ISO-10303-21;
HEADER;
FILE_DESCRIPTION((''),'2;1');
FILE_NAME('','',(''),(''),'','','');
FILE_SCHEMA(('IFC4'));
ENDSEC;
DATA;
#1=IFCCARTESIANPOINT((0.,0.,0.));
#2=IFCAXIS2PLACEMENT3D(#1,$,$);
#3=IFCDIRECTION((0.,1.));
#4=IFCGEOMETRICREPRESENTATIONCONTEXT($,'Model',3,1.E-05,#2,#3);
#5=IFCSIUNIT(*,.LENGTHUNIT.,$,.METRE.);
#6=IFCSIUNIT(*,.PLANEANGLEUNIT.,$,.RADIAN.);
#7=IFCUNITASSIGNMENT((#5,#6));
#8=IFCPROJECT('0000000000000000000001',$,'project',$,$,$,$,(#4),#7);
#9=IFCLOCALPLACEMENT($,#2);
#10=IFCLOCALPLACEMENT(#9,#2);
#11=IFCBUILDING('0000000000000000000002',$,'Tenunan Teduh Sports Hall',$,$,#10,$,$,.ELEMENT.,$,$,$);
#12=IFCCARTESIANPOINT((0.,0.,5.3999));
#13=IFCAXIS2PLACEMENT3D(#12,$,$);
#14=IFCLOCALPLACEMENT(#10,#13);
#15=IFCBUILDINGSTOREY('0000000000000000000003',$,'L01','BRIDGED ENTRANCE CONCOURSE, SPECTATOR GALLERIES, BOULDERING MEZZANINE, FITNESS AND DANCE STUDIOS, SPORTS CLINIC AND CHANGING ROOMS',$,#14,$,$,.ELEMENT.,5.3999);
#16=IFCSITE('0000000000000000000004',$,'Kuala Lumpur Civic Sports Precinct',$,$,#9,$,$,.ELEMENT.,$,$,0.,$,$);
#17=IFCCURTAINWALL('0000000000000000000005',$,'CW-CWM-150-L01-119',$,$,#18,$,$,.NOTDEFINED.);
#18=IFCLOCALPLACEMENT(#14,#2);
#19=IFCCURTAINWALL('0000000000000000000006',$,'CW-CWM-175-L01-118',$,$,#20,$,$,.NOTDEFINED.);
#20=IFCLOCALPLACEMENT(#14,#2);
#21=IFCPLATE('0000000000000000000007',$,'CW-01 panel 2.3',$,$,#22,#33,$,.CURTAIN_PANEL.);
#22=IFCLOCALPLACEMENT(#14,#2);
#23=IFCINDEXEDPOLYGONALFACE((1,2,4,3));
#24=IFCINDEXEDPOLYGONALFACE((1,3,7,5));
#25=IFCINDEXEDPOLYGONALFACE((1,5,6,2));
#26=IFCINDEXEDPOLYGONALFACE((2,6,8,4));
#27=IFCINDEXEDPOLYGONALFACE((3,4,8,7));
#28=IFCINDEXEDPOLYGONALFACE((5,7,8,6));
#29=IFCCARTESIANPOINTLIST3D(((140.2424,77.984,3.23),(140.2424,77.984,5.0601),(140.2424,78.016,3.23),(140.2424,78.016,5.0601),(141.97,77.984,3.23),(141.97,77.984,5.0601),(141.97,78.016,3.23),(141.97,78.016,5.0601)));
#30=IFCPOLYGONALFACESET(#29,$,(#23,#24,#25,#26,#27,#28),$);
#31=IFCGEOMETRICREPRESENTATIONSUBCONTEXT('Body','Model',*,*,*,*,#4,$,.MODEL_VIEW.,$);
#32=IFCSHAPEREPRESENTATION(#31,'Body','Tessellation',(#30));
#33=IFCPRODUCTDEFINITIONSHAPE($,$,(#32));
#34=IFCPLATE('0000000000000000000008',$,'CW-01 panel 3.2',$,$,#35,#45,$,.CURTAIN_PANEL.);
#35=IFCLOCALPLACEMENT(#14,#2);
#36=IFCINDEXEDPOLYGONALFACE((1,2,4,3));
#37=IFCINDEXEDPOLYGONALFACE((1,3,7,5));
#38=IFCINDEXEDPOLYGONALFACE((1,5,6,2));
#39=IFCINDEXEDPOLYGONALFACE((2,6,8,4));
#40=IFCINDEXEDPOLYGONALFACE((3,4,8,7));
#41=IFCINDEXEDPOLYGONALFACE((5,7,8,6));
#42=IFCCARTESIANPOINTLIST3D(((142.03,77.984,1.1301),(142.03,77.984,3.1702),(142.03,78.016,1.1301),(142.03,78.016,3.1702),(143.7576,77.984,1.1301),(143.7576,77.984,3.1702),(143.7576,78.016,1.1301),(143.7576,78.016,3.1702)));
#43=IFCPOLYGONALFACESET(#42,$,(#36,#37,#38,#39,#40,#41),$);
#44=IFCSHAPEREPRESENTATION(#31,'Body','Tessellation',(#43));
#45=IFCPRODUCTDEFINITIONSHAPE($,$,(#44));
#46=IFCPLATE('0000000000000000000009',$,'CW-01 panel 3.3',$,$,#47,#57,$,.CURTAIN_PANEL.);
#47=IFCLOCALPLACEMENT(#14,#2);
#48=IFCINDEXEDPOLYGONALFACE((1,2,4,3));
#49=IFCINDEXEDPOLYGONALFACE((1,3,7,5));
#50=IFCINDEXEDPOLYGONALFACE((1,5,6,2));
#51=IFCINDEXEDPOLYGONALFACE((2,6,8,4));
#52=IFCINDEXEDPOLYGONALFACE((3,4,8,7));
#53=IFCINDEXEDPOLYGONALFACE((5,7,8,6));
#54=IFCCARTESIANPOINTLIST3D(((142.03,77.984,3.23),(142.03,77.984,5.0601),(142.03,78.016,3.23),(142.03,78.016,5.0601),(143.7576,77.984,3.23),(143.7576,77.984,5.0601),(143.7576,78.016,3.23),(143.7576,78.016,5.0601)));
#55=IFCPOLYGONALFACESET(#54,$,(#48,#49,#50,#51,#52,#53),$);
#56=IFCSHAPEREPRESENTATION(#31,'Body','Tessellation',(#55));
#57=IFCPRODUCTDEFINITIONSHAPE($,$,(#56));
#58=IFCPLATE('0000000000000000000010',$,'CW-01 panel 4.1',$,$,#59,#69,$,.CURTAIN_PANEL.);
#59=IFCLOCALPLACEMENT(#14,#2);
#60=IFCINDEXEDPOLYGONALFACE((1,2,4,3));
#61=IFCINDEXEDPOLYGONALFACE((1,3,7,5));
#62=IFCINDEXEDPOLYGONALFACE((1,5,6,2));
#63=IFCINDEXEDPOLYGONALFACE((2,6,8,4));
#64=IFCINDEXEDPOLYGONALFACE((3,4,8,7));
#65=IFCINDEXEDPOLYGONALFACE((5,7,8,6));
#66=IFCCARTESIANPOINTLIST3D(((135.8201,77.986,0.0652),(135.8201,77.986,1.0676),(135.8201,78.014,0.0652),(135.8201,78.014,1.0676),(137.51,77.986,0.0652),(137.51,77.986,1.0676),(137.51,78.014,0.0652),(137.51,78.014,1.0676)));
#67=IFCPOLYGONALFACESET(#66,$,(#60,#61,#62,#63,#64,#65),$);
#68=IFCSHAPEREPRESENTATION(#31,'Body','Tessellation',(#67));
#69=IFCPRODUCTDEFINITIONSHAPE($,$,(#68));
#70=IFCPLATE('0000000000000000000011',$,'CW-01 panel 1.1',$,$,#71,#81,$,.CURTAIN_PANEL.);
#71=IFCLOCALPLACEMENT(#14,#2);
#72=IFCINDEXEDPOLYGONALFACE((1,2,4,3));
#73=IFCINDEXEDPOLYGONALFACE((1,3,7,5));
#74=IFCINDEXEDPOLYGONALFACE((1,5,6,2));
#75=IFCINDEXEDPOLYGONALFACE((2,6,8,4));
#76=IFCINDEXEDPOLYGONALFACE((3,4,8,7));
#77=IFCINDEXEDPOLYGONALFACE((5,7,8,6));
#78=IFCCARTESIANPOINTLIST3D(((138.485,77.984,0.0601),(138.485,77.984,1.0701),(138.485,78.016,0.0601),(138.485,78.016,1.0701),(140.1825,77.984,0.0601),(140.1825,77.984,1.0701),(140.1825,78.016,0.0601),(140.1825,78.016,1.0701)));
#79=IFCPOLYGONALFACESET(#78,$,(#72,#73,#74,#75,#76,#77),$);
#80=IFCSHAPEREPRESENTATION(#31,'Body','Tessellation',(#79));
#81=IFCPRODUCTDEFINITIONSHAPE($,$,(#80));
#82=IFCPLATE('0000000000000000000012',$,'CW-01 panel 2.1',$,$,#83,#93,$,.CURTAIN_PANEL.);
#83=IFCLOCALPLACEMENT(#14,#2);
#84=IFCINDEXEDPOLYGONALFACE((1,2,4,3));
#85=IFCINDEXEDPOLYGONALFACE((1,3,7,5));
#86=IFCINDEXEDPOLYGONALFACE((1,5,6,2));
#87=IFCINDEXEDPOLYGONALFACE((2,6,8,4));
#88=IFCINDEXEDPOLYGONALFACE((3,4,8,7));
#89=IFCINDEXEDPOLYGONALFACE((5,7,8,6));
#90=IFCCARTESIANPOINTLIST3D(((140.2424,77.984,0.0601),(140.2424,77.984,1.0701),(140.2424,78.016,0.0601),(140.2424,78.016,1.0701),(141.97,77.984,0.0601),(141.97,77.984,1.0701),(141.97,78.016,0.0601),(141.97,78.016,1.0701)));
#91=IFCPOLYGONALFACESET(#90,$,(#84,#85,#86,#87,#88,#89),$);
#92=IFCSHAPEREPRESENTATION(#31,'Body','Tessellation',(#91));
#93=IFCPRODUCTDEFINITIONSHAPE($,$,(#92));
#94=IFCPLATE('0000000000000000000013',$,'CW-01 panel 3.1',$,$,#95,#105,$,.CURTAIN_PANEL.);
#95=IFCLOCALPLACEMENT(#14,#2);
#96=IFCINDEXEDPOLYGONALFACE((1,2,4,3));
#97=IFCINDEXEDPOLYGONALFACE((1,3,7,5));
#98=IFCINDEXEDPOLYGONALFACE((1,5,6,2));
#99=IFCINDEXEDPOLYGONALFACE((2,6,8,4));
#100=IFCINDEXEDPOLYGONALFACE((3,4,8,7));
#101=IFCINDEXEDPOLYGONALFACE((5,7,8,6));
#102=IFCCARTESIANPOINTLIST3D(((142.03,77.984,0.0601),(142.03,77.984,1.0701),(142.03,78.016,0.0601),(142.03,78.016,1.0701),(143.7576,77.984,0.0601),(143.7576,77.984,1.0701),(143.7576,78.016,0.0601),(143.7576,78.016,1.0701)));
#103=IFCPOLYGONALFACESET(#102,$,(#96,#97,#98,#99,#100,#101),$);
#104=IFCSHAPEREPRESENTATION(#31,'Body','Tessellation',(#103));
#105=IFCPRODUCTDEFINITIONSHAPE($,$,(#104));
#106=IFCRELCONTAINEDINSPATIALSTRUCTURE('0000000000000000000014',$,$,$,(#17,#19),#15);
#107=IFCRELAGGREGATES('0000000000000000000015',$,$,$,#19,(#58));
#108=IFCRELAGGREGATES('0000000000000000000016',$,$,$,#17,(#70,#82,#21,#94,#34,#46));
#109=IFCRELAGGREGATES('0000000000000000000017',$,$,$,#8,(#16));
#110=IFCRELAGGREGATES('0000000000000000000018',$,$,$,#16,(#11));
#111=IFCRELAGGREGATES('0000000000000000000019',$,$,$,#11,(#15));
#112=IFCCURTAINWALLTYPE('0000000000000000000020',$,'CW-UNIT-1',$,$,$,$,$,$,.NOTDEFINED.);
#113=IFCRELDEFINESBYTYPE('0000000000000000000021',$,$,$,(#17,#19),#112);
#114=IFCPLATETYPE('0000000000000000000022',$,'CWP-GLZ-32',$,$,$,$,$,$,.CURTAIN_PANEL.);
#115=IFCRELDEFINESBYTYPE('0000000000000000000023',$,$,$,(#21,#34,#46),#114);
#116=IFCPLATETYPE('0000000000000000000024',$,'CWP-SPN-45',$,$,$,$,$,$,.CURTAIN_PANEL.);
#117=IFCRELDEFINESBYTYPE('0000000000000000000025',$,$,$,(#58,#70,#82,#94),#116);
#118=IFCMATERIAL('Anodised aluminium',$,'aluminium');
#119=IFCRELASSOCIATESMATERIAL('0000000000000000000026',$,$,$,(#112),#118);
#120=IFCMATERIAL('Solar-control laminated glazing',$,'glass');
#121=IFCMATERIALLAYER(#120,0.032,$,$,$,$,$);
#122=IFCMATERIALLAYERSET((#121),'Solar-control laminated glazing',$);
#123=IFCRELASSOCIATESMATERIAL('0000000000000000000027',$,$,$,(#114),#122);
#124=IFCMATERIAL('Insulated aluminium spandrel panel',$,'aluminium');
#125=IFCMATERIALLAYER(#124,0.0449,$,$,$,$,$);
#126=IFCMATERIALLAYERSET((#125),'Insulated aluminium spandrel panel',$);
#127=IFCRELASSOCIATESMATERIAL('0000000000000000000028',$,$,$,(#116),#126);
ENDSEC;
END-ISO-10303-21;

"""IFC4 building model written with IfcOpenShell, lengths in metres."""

from ifc_helpers import new_model, si_unit, direction, frame, origin, origin_2d, place, context, subcontext, project, spatial, rectangle, extrude, material, layer, layer_set, type_object, element, aggregate, save


model = new_model("IFC4")

# Units and contexts
model_context = context("Model", 3, precision=1e-05, world=origin(), true_north=direction((0.0, 1.0)))
body_context = subcontext(model_context, "Body", "Model", "MODEL_VIEW")
ifc_project = project(units=[si_unit("LENGTHUNIT", "METRE"), si_unit("PLANEANGLEUNIT", "RADIAN")], contexts=[model_context])

# Site, building, storey
site_placement = place(None, origin())
site = spatial("IfcSite", under=ifc_project, at=site_placement, Name="Kuala Lumpur Civic Sports Precinct", CompositionType="ELEMENT", RefElevation=0.0)
building_placement = place(site_placement, origin())
building = spatial("IfcBuilding", under=site, at=building_placement, Name="Tenunan Teduh Sports Hall", CompositionType="ELEMENT")
storey_placement = place(building_placement, frame((0.0, 0.0, 5.3999)))
storey = spatial("IfcBuildingStorey", under=building, at=storey_placement, Name="L01", Description="BRIDGED ENTRANCE CONCOURSE, SPECTATOR GALLERIES, BOULDERING MEZZANINE, FITNESS AND DANCE STUDIOS, SPORTS CLINIC AND CHANGING ROOMS", CompositionType="ELEMENT", Elevation=5.3999)

# Curtain walls
ifc_material_1 = material(Name="Anodised aluminium", Category="aluminium")
curtain_wall_type = type_object("IfcCurtainWallType", Name="CW-UNIT-1", PredefinedType="NOTDEFINED", material=ifc_material_1)
curtain_wall_1_placement = place(storey_placement, origin())
curtain_wall_1 = element("IfcCurtainWall", 1, at=curtain_wall_1_placement, inside=storey, type_object=curtain_wall_type, Name="CW-CWM-150-L01-119", PredefinedType="NOTDEFINED")
curtain_wall_2_placement = place(storey_placement, origin())
curtain_wall_2 = element("IfcCurtainWall", 2, at=curtain_wall_2_placement, inside=storey, type_object=curtain_wall_type, Name="CW-CWM-175-L01-118", PredefinedType="NOTDEFINED")

# Plates
ifc_material_2 = material(Name="Solar-control laminated glazing", Category="glass")
ifc_layer_1 = layer(ifc_material_2, 0.032)
ifc_layer_set_1 = layer_set([ifc_layer_1], Name="Solar-control laminated glazing")
plate_type_1 = type_object("IfcPlateType", Name="CWP-GLZ-32", PredefinedType="CURTAIN_PANEL", material=ifc_layer_set_1)
plate_1_placement = place(storey_placement, frame((141.1062, 78.0, 3.23), z_axis=(0.0, 0.0, 1.0), x_axis=(1.0, 0.0, 0.0)))
plate_1 = element("IfcPlate", 3, at=plate_1_placement, type_object=plate_type_1, Name="CW-01 panel 2.3", PredefinedType="CURTAIN_PANEL", context=body_context, shape_type="SweptSolid", body=[
    extrude(rectangle(XDim=1.7275, YDim=0.032, at=origin_2d()), origin(), (0.0, 0.0, 1.0), 1.8301),
])
plate_2_placement = place(storey_placement, frame((142.8938, 78.0, 1.1301), z_axis=(0.0, 0.0, 1.0), x_axis=(1.0, 0.0, 0.0)))
plate_2 = element("IfcPlate", 4, at=plate_2_placement, type_object=plate_type_1, Name="CW-01 panel 3.2", PredefinedType="CURTAIN_PANEL", context=body_context, shape_type="SweptSolid", body=[
    extrude(rectangle(XDim=1.7275, YDim=0.032, at=origin_2d()), origin(), (0.0, 0.0, 1.0), 2.04),
])
plate_3_placement = place(storey_placement, frame((142.8938, 78.0, 3.23), z_axis=(0.0, 0.0, 1.0), x_axis=(1.0, 0.0, 0.0)))
plate_3 = element("IfcPlate", 5, at=plate_3_placement, type_object=plate_type_1, Name="CW-01 panel 3.3", PredefinedType="CURTAIN_PANEL", context=body_context, shape_type="SweptSolid", body=[
    extrude(rectangle(XDim=1.7275, YDim=0.032, at=origin_2d()), origin(), (0.0, 0.0, 1.0), 1.8301),
])
ifc_material_3 = material(Name="Insulated aluminium spandrel panel", Category="aluminium")
ifc_layer_2 = layer(ifc_material_3, 0.0449)
ifc_layer_set_2 = layer_set([ifc_layer_2], Name="Insulated aluminium spandrel panel")
plate_type_2 = type_object("IfcPlateType", Name="CWP-SPN-45", PredefinedType="CURTAIN_PANEL", material=ifc_layer_set_2)
plate_4_placement = place(storey_placement, frame((136.665, 78.0, 0.0652), z_axis=(0.0, 0.0, 1.0), x_axis=(1.0, 0.0, 0.0)))
plate_4 = element("IfcPlate", 6, at=plate_4_placement, type_object=plate_type_2, Name="CW-01 panel 4.1", PredefinedType="CURTAIN_PANEL", context=body_context, shape_type="SweptSolid", body=[
    extrude(rectangle(XDim=1.6899, YDim=0.0281, at=origin_2d()), origin(), (0.0, 0.0, 1.0), 1.0024),
])
aggregate(curtain_wall_2, [plate_4])
plate_5_placement = place(storey_placement, frame((139.3337, 78.0, 0.0601), z_axis=(0.0, 0.0, 1.0), x_axis=(1.0, 0.0, 0.0)))
plate_5 = element("IfcPlate", 7, at=plate_5_placement, type_object=plate_type_2, Name="CW-01 panel 1.1", PredefinedType="CURTAIN_PANEL", context=body_context, shape_type="SweptSolid", body=[
    extrude(rectangle(XDim=1.6975, YDim=0.032, at=origin_2d()), origin(), (0.0, 0.0, 1.0), 1.01),
])
plate_6_placement = place(storey_placement, frame((141.1062, 78.0, 0.0601), z_axis=(0.0, 0.0, 1.0), x_axis=(1.0, 0.0, 0.0)))
plate_6 = element("IfcPlate", 8, at=plate_6_placement, type_object=plate_type_2, Name="CW-01 panel 2.1", PredefinedType="CURTAIN_PANEL", context=body_context, shape_type="SweptSolid", body=[
    extrude(rectangle(XDim=1.7275, YDim=0.032, at=origin_2d()), origin(), (0.0, 0.0, 1.0), 1.01),
])
plate_7_placement = place(storey_placement, frame((142.8938, 78.0, 0.0601), z_axis=(0.0, 0.0, 1.0), x_axis=(1.0, 0.0, 0.0)))
plate_7 = element("IfcPlate", 9, at=plate_7_placement, type_object=plate_type_2, Name="CW-01 panel 3.1", PredefinedType="CURTAIN_PANEL", context=body_context, shape_type="SweptSolid", body=[
    extrude(rectangle(XDim=1.7275, YDim=0.032, at=origin_2d()), origin(), (0.0, 0.0, 1.0), 1.01),
])
aggregate(curtain_wall_1, [plate_5, plate_6, plate_1, plate_7, plate_2, plate_3])

save(model, "model.ifc")
